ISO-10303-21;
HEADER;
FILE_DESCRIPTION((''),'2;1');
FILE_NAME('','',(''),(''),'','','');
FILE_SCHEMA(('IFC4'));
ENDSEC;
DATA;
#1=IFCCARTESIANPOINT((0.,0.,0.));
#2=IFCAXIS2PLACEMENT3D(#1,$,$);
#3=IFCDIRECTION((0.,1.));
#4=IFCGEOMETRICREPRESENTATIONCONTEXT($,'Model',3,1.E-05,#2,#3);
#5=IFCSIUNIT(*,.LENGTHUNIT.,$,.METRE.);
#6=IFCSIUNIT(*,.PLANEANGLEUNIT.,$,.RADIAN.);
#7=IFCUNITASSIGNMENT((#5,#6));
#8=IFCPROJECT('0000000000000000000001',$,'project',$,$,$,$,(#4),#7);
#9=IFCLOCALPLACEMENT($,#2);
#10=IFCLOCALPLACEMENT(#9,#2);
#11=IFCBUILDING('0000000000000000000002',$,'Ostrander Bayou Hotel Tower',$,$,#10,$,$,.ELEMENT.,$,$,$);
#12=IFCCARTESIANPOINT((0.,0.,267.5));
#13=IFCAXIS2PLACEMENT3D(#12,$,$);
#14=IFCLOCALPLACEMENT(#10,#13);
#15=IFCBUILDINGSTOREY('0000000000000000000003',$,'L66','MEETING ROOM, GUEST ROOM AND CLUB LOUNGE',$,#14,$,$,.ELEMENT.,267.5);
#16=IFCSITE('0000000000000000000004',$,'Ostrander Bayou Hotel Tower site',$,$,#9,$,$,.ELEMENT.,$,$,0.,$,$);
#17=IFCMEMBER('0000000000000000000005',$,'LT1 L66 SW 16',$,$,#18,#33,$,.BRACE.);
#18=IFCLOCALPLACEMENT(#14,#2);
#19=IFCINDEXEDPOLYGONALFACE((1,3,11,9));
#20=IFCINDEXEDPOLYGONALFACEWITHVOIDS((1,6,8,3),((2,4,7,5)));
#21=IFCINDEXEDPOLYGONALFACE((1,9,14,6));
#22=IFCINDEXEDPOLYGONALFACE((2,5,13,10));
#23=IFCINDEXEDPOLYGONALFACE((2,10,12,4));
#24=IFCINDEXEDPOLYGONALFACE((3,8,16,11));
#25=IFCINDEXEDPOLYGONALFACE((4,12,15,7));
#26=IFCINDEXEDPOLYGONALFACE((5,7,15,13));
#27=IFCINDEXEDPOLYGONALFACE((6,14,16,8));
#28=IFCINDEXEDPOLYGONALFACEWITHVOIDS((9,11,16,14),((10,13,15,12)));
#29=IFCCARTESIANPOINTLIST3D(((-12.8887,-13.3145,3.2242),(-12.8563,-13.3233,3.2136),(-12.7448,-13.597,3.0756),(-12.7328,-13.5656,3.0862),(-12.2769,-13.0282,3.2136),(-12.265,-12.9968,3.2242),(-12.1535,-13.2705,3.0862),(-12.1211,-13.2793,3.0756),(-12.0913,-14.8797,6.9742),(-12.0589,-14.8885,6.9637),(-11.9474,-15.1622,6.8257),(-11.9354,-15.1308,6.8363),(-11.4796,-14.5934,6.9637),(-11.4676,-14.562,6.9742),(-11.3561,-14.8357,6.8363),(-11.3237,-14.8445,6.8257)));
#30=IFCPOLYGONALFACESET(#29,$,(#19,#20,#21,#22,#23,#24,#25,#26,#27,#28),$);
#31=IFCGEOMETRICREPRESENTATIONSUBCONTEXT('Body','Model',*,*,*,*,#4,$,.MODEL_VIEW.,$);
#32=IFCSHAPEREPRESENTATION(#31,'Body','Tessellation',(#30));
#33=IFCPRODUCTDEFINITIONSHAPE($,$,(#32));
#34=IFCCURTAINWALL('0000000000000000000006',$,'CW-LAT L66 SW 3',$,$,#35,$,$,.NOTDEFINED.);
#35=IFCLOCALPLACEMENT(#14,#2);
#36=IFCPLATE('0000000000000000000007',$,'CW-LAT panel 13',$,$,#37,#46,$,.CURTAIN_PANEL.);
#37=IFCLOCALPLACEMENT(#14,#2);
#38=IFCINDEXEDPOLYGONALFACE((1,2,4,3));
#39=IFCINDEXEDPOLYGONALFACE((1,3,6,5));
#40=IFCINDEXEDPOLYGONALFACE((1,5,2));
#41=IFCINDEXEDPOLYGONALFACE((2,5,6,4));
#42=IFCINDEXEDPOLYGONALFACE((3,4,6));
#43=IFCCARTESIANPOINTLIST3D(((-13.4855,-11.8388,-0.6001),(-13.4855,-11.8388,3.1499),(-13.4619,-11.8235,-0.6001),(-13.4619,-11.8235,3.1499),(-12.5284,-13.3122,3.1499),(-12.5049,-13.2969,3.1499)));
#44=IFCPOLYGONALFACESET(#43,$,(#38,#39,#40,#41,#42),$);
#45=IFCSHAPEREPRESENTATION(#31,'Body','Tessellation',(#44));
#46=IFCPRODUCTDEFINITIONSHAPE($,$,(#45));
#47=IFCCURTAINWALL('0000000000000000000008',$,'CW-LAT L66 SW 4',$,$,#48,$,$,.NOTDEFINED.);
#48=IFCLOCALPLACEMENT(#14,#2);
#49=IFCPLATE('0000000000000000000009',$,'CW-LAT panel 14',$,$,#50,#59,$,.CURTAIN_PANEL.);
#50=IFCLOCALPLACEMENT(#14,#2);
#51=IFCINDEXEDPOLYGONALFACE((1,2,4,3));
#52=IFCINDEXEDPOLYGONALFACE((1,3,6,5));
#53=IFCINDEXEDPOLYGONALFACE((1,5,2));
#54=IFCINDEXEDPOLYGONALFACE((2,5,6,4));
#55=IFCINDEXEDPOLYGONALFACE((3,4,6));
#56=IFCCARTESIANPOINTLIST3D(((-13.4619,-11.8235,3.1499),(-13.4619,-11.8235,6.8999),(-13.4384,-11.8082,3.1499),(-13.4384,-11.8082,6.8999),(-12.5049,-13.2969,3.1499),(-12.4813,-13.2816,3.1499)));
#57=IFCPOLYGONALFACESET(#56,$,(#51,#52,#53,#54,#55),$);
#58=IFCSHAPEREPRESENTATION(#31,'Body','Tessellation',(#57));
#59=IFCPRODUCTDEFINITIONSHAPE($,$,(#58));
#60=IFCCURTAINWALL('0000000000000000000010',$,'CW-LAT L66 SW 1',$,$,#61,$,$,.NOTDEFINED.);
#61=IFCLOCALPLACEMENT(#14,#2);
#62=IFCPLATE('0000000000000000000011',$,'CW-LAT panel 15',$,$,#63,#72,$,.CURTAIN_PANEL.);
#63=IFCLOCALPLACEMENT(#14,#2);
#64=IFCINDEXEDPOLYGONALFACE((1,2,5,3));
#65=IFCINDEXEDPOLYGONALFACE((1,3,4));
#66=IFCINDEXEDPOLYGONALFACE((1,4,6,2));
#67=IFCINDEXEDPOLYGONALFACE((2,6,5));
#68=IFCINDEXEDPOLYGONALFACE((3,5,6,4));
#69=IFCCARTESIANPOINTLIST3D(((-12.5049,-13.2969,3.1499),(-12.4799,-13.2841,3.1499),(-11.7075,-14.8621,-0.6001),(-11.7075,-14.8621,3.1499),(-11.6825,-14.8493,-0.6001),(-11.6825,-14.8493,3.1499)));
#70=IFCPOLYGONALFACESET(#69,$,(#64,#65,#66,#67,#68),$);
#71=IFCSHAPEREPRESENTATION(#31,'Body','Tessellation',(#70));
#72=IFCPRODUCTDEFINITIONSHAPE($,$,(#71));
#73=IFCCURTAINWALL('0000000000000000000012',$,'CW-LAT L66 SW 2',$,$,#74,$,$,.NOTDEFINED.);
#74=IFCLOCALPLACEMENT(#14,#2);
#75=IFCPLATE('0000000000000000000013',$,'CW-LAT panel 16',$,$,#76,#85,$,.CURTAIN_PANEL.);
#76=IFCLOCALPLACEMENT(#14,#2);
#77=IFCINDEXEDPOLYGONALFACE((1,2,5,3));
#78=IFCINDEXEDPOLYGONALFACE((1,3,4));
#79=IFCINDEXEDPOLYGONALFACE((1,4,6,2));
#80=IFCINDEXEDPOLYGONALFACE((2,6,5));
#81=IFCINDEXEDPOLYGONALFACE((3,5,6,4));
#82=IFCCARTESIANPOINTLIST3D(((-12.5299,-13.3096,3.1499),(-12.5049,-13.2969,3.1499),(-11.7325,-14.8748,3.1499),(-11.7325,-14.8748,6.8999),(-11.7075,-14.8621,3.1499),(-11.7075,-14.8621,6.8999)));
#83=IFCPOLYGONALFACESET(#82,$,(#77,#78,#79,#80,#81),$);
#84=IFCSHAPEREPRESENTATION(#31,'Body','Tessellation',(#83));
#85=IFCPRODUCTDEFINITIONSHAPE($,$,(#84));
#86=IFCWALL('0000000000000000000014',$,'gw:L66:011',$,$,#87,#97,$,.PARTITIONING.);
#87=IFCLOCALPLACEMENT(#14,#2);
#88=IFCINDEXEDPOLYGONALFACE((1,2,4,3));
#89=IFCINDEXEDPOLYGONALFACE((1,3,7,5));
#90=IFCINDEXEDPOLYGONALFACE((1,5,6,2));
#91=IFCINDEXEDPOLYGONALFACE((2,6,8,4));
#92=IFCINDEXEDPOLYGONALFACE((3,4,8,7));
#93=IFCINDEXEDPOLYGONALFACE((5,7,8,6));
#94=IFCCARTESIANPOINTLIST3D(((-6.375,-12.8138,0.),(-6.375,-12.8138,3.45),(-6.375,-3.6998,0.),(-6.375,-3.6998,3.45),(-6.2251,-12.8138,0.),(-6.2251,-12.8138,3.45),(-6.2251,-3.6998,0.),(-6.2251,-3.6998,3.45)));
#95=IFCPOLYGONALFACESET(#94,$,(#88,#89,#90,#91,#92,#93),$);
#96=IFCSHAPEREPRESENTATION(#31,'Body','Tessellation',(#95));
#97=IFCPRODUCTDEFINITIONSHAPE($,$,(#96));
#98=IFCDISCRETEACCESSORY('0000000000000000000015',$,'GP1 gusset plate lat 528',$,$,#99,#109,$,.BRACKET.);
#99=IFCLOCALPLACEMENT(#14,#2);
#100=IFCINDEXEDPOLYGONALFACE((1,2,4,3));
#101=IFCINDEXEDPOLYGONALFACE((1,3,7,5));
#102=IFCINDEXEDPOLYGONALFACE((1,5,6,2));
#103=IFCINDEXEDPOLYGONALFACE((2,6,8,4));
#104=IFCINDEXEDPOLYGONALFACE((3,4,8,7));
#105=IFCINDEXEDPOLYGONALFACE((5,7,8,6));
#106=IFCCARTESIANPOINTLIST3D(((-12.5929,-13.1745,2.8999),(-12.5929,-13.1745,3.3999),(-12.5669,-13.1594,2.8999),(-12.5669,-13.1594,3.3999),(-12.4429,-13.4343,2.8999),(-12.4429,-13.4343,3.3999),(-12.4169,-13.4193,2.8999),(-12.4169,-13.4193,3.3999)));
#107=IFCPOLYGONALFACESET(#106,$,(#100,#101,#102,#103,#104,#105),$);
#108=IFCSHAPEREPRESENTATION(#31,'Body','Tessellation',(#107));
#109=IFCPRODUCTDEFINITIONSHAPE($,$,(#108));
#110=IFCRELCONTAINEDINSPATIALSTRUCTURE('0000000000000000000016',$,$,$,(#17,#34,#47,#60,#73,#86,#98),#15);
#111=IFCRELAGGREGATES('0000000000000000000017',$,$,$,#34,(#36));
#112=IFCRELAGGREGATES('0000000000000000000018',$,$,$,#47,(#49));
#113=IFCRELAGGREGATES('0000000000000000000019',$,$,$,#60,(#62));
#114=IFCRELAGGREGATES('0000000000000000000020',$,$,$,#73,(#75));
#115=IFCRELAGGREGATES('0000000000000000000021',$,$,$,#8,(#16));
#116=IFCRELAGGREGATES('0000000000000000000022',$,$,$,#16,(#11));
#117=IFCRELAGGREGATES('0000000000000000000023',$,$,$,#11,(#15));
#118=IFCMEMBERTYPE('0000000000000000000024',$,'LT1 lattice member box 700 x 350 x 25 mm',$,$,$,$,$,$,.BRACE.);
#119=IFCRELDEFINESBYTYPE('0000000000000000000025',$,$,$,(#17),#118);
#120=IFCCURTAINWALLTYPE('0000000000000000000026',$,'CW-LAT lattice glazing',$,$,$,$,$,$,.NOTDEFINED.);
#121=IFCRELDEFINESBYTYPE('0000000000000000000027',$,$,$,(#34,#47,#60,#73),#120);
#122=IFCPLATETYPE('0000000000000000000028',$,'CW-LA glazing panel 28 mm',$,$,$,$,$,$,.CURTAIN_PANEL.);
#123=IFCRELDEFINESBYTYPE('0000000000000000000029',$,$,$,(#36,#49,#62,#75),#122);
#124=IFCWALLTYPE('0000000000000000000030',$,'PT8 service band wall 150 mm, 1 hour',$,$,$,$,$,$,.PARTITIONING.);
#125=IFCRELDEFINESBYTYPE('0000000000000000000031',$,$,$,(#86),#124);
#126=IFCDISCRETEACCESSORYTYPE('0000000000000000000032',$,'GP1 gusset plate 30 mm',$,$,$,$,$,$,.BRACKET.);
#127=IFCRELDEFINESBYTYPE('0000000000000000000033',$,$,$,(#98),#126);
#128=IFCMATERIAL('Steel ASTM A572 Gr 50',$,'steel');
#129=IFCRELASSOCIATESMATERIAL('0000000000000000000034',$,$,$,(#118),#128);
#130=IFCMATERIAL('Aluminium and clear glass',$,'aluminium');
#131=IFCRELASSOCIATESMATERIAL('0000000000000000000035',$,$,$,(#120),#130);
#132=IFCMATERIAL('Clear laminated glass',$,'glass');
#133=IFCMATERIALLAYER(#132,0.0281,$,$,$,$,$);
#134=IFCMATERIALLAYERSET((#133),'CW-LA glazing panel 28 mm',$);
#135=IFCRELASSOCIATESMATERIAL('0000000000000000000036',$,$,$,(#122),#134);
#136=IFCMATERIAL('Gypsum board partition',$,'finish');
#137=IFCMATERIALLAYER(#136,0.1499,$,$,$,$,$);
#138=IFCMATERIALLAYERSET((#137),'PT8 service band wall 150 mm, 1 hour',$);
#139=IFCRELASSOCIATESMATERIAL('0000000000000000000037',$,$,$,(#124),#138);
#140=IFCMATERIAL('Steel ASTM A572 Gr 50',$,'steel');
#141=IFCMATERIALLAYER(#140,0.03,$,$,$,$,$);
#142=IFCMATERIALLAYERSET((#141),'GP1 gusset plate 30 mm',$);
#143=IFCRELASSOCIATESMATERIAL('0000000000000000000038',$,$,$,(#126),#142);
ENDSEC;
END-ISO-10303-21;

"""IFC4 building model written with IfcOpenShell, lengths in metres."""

from ifc_helpers import new_model, si_unit, direction, frame, frame_2d, origin, origin_2d, place, context, subcontext, project, spatial, polyline, rectangle, hollow_rectangle, outline, extrude, material, layer, layer_set, material_profile, profile_set, type_object, element, aggregate, save


model = new_model("IFC4")

# Units and contexts
model_context = context("Model", 3, precision=1e-05, world=origin(), true_north=direction((0.0, 1.0)))
body_context = subcontext(model_context, "Body", "Model", "MODEL_VIEW")
ifc_project = project(units=[si_unit("LENGTHUNIT", "METRE"), si_unit("PLANEANGLEUNIT", "RADIAN")], contexts=[model_context])

# Site, building, storey
site_placement = place(None, origin())
site = spatial("IfcSite", under=ifc_project, at=site_placement, Name="Ostrander Bayou Hotel Tower site", CompositionType="ELEMENT", RefElevation=0.0)
building_placement = place(site_placement, origin())
building = spatial("IfcBuilding", under=site, at=building_placement, Name="Ostrander Bayou Hotel Tower", CompositionType="ELEMENT")
storey_placement = place(building_placement, frame((0.0, 0.0, 267.5)))
storey = spatial("IfcBuildingStorey", under=building, at=storey_placement, Name="L66", Description="MEETING ROOM, GUEST ROOM AND CLUB LOUNGE", CompositionType="ELEMENT", Elevation=267.5)

# Member
ifc_material_1 = material(Name="Steel ASTM A572 Gr 50", Category="steel")
ifc_material_profile = material_profile(ifc_material_1, hollow_rectangle(XDim=0.7, YDim=0.3501, WallThickness=0.0249, at=origin_2d()))
ifc_profile_set = profile_set([ifc_material_profile], Name="Steel ASTM A572 Gr 50")
member_type = type_object("IfcMemberType", Name="LT1 lattice member box 700 x 350 x 25 mm", PredefinedType="BRACE", material=ifc_profile_set)
member_placement = place(storey_placement, frame((-12.5049, -13.2969, 3.1499), z_axis=(0.192552, -0.37797, 0.905573), x_axis=(0.891038, 0.453928, 0.0)))
element("IfcMember", 1, at=member_placement, inside=storey, type_object=member_type, Name="LT1 L66 SW 16", PredefinedType="BRACE", context=body_context, shape_type="SweptSolid", body=[
    extrude(hollow_rectangle(XDim=0.7, YDim=0.3501, WallThickness=0.0249, at=origin_2d()), origin(), (0.0, 0.0, 1.0), 4.1411),
])

# Curtain walls, plates
ifc_material_2 = material(Name="Aluminium and clear glass", Category="aluminium")
curtain_wall_type = type_object("IfcCurtainWallType", Name="CW-LAT lattice glazing", PredefinedType="NOTDEFINED", material=ifc_material_2)
curtain_wall_1_placement = place(storey_placement, origin())
curtain_wall_1 = element("IfcCurtainWall", 2, at=curtain_wall_1_placement, inside=storey, type_object=curtain_wall_type, Name="CW-LAT L66 SW 3", PredefinedType="NOTDEFINED")
ifc_material_3 = material(Name="Clear laminated glass", Category="glass")
ifc_layer_1 = layer(ifc_material_3, 0.0281)
ifc_layer_set_1 = layer_set([ifc_layer_1], Name="CW-LA glazing panel 28 mm")
plate_type = type_object("IfcPlateType", Name="CW-LA glazing panel 28 mm", PredefinedType="CURTAIN_PANEL", material=ifc_layer_set_1)
plate_1_placement = place(storey_placement, frame((-12.5049, -13.2969, 3.1499), z_axis=(0.838618, 0.54472, 0.0), x_axis=(-0.231102, 0.35579, -0.905541)))
plate_1 = element("IfcPlate", 3, at=plate_1_placement, type_object=plate_type, Name="CW-LAT panel 13", PredefinedType="CURTAIN_PANEL", context=body_context, shape_type="SweptSolid", body=[
    extrude(outline(polyline([(0.0, 0.0), (4.1412, 0.0), (0.7454, 1.591), (0.0, 0.0)])), origin(), (0.0, 0.0, -1.0), 0.0281),
])
aggregate(curtain_wall_1, [plate_1])
curtain_wall_2_placement = place(storey_placement, origin())
curtain_wall_2 = element("IfcCurtainWall", 4, at=curtain_wall_2_placement, inside=storey, type_object=curtain_wall_type, Name="CW-LAT L66 SW 4", PredefinedType="NOTDEFINED")
plate_2_placement = place(storey_placement, frame((-12.5049, -13.2969, 3.1499), z_axis=(-0.838618, -0.54472, 0.0), x_axis=(-0.231102, 0.35579, 0.905541)))
plate_2 = element("IfcPlate", 5, at=plate_2_placement, type_object=plate_type, Name="CW-LAT panel 14", PredefinedType="CURTAIN_PANEL", context=body_context, shape_type="SweptSolid", body=[
    extrude(outline(polyline([(0.0, 0.0), (4.1412, 0.0), (0.7454, 1.591), (0.0, 0.0)])), origin(), (0.0, 0.0, -1.0), 0.0281),
])
aggregate(curtain_wall_2, [plate_2])
curtain_wall_3_placement = place(storey_placement, origin())
curtain_wall_3 = element("IfcCurtainWall", 6, at=curtain_wall_3_placement, inside=storey, type_object=curtain_wall_type, Name="CW-LAT L66 SW 1", PredefinedType="NOTDEFINED")
plate_3_placement = place(storey_placement, frame((-12.5049, -13.2969, 3.1499), z_axis=(-0.891038, -0.453928, 0.0), x_axis=(0.192552, -0.37797, -0.905573)))
plate_3 = element("IfcPlate", 7, at=plate_3_placement, type_object=plate_type, Name="CW-LAT panel 15", PredefinedType="CURTAIN_PANEL", context=body_context, shape_type="SweptSolid", body=[
    extrude(outline(polyline([(0.0, 0.0), (4.141, 0.0), (0.7451, 1.5907), (0.0, 0.0)])), origin(), (0.0, 0.0, -1.0), 0.0281),
])
aggregate(curtain_wall_3, [plate_3])
curtain_wall_4_placement = place(storey_placement, origin())
curtain_wall_4 = element("IfcCurtainWall", 8, at=curtain_wall_4_placement, inside=storey, type_object=curtain_wall_type, Name="CW-LAT L66 SW 2", PredefinedType="NOTDEFINED")
plate_4_placement = place(storey_placement, frame((-12.5049, -13.2969, 3.1499), z_axis=(0.891038, 0.453928, 0.0), x_axis=(0.192552, -0.37797, 0.905573)))
plate_4 = element("IfcPlate", 9, at=plate_4_placement, type_object=plate_type, Name="CW-LAT panel 16", PredefinedType="CURTAIN_PANEL", context=body_context, shape_type="SweptSolid", body=[
    extrude(outline(polyline([(0.0, 0.0), (4.141, 0.0), (0.7451, 1.5907), (0.0, 0.0)])), origin(), (0.0, 0.0, -1.0), 0.0281),
])
aggregate(curtain_wall_4, [plate_4])

# Wall
ifc_material_4 = material(Name="Gypsum board partition", Category="finish")
ifc_layer_2 = layer(ifc_material_4, 0.1499)
ifc_layer_set_2 = layer_set([ifc_layer_2], Name="PT8 service band wall 150 mm, 1 hour")
wall_type = type_object("IfcWallType", Name="PT8 service band wall 150 mm, 1 hour", PredefinedType="PARTITIONING", material=ifc_layer_set_2)
wall_placement = place(storey_placement, frame((-6.3, -12.814, 0.0), z_axis=(0.0, 0.0, 1.0), x_axis=(0.0, 1.0, 0.0)))
element("IfcWall", 10, at=wall_placement, inside=storey, type_object=wall_type, Name="gw:L66:011", PredefinedType="PARTITIONING", context=body_context, shape_type="SweptSolid", body=[
    extrude(rectangle(XDim=9.114, YDim=0.1499, at=frame_2d((4.5571, 0.0))), origin(), (0.0, 0.0, 1.0), 3.45),
])

# Discrete accessory
ifc_material_5 = material(Name="Steel ASTM A572 Gr 50", Category="steel")
ifc_layer_3 = layer(ifc_material_5, 0.03)
ifc_layer_set_3 = layer_set([ifc_layer_3], Name="GP1 gusset plate 30 mm")
discrete_accessory_type = type_object("IfcDiscreteAccessoryType", Name="GP1 gusset plate 30 mm", PredefinedType="BRACKET", material=ifc_layer_set_3)
discrete_accessory_placement = place(storey_placement, frame((-12.5049, -13.2969, 2.8999), z_axis=(0.0, 0.0, 1.0), x_axis=(0.5, -0.866025, 0.0)))
element("IfcDiscreteAccessory", 11, at=discrete_accessory_placement, inside=storey, type_object=discrete_accessory_type, Name="GP1 gusset plate lat 528", PredefinedType="BRACKET", context=body_context, shape_type="SweptSolid", body=[
    extrude(rectangle(XDim=0.3, YDim=0.03, at=origin_2d()), origin(), (0.0, 0.0, 1.0), 0.5),
])

save(model, "model.ifc")
